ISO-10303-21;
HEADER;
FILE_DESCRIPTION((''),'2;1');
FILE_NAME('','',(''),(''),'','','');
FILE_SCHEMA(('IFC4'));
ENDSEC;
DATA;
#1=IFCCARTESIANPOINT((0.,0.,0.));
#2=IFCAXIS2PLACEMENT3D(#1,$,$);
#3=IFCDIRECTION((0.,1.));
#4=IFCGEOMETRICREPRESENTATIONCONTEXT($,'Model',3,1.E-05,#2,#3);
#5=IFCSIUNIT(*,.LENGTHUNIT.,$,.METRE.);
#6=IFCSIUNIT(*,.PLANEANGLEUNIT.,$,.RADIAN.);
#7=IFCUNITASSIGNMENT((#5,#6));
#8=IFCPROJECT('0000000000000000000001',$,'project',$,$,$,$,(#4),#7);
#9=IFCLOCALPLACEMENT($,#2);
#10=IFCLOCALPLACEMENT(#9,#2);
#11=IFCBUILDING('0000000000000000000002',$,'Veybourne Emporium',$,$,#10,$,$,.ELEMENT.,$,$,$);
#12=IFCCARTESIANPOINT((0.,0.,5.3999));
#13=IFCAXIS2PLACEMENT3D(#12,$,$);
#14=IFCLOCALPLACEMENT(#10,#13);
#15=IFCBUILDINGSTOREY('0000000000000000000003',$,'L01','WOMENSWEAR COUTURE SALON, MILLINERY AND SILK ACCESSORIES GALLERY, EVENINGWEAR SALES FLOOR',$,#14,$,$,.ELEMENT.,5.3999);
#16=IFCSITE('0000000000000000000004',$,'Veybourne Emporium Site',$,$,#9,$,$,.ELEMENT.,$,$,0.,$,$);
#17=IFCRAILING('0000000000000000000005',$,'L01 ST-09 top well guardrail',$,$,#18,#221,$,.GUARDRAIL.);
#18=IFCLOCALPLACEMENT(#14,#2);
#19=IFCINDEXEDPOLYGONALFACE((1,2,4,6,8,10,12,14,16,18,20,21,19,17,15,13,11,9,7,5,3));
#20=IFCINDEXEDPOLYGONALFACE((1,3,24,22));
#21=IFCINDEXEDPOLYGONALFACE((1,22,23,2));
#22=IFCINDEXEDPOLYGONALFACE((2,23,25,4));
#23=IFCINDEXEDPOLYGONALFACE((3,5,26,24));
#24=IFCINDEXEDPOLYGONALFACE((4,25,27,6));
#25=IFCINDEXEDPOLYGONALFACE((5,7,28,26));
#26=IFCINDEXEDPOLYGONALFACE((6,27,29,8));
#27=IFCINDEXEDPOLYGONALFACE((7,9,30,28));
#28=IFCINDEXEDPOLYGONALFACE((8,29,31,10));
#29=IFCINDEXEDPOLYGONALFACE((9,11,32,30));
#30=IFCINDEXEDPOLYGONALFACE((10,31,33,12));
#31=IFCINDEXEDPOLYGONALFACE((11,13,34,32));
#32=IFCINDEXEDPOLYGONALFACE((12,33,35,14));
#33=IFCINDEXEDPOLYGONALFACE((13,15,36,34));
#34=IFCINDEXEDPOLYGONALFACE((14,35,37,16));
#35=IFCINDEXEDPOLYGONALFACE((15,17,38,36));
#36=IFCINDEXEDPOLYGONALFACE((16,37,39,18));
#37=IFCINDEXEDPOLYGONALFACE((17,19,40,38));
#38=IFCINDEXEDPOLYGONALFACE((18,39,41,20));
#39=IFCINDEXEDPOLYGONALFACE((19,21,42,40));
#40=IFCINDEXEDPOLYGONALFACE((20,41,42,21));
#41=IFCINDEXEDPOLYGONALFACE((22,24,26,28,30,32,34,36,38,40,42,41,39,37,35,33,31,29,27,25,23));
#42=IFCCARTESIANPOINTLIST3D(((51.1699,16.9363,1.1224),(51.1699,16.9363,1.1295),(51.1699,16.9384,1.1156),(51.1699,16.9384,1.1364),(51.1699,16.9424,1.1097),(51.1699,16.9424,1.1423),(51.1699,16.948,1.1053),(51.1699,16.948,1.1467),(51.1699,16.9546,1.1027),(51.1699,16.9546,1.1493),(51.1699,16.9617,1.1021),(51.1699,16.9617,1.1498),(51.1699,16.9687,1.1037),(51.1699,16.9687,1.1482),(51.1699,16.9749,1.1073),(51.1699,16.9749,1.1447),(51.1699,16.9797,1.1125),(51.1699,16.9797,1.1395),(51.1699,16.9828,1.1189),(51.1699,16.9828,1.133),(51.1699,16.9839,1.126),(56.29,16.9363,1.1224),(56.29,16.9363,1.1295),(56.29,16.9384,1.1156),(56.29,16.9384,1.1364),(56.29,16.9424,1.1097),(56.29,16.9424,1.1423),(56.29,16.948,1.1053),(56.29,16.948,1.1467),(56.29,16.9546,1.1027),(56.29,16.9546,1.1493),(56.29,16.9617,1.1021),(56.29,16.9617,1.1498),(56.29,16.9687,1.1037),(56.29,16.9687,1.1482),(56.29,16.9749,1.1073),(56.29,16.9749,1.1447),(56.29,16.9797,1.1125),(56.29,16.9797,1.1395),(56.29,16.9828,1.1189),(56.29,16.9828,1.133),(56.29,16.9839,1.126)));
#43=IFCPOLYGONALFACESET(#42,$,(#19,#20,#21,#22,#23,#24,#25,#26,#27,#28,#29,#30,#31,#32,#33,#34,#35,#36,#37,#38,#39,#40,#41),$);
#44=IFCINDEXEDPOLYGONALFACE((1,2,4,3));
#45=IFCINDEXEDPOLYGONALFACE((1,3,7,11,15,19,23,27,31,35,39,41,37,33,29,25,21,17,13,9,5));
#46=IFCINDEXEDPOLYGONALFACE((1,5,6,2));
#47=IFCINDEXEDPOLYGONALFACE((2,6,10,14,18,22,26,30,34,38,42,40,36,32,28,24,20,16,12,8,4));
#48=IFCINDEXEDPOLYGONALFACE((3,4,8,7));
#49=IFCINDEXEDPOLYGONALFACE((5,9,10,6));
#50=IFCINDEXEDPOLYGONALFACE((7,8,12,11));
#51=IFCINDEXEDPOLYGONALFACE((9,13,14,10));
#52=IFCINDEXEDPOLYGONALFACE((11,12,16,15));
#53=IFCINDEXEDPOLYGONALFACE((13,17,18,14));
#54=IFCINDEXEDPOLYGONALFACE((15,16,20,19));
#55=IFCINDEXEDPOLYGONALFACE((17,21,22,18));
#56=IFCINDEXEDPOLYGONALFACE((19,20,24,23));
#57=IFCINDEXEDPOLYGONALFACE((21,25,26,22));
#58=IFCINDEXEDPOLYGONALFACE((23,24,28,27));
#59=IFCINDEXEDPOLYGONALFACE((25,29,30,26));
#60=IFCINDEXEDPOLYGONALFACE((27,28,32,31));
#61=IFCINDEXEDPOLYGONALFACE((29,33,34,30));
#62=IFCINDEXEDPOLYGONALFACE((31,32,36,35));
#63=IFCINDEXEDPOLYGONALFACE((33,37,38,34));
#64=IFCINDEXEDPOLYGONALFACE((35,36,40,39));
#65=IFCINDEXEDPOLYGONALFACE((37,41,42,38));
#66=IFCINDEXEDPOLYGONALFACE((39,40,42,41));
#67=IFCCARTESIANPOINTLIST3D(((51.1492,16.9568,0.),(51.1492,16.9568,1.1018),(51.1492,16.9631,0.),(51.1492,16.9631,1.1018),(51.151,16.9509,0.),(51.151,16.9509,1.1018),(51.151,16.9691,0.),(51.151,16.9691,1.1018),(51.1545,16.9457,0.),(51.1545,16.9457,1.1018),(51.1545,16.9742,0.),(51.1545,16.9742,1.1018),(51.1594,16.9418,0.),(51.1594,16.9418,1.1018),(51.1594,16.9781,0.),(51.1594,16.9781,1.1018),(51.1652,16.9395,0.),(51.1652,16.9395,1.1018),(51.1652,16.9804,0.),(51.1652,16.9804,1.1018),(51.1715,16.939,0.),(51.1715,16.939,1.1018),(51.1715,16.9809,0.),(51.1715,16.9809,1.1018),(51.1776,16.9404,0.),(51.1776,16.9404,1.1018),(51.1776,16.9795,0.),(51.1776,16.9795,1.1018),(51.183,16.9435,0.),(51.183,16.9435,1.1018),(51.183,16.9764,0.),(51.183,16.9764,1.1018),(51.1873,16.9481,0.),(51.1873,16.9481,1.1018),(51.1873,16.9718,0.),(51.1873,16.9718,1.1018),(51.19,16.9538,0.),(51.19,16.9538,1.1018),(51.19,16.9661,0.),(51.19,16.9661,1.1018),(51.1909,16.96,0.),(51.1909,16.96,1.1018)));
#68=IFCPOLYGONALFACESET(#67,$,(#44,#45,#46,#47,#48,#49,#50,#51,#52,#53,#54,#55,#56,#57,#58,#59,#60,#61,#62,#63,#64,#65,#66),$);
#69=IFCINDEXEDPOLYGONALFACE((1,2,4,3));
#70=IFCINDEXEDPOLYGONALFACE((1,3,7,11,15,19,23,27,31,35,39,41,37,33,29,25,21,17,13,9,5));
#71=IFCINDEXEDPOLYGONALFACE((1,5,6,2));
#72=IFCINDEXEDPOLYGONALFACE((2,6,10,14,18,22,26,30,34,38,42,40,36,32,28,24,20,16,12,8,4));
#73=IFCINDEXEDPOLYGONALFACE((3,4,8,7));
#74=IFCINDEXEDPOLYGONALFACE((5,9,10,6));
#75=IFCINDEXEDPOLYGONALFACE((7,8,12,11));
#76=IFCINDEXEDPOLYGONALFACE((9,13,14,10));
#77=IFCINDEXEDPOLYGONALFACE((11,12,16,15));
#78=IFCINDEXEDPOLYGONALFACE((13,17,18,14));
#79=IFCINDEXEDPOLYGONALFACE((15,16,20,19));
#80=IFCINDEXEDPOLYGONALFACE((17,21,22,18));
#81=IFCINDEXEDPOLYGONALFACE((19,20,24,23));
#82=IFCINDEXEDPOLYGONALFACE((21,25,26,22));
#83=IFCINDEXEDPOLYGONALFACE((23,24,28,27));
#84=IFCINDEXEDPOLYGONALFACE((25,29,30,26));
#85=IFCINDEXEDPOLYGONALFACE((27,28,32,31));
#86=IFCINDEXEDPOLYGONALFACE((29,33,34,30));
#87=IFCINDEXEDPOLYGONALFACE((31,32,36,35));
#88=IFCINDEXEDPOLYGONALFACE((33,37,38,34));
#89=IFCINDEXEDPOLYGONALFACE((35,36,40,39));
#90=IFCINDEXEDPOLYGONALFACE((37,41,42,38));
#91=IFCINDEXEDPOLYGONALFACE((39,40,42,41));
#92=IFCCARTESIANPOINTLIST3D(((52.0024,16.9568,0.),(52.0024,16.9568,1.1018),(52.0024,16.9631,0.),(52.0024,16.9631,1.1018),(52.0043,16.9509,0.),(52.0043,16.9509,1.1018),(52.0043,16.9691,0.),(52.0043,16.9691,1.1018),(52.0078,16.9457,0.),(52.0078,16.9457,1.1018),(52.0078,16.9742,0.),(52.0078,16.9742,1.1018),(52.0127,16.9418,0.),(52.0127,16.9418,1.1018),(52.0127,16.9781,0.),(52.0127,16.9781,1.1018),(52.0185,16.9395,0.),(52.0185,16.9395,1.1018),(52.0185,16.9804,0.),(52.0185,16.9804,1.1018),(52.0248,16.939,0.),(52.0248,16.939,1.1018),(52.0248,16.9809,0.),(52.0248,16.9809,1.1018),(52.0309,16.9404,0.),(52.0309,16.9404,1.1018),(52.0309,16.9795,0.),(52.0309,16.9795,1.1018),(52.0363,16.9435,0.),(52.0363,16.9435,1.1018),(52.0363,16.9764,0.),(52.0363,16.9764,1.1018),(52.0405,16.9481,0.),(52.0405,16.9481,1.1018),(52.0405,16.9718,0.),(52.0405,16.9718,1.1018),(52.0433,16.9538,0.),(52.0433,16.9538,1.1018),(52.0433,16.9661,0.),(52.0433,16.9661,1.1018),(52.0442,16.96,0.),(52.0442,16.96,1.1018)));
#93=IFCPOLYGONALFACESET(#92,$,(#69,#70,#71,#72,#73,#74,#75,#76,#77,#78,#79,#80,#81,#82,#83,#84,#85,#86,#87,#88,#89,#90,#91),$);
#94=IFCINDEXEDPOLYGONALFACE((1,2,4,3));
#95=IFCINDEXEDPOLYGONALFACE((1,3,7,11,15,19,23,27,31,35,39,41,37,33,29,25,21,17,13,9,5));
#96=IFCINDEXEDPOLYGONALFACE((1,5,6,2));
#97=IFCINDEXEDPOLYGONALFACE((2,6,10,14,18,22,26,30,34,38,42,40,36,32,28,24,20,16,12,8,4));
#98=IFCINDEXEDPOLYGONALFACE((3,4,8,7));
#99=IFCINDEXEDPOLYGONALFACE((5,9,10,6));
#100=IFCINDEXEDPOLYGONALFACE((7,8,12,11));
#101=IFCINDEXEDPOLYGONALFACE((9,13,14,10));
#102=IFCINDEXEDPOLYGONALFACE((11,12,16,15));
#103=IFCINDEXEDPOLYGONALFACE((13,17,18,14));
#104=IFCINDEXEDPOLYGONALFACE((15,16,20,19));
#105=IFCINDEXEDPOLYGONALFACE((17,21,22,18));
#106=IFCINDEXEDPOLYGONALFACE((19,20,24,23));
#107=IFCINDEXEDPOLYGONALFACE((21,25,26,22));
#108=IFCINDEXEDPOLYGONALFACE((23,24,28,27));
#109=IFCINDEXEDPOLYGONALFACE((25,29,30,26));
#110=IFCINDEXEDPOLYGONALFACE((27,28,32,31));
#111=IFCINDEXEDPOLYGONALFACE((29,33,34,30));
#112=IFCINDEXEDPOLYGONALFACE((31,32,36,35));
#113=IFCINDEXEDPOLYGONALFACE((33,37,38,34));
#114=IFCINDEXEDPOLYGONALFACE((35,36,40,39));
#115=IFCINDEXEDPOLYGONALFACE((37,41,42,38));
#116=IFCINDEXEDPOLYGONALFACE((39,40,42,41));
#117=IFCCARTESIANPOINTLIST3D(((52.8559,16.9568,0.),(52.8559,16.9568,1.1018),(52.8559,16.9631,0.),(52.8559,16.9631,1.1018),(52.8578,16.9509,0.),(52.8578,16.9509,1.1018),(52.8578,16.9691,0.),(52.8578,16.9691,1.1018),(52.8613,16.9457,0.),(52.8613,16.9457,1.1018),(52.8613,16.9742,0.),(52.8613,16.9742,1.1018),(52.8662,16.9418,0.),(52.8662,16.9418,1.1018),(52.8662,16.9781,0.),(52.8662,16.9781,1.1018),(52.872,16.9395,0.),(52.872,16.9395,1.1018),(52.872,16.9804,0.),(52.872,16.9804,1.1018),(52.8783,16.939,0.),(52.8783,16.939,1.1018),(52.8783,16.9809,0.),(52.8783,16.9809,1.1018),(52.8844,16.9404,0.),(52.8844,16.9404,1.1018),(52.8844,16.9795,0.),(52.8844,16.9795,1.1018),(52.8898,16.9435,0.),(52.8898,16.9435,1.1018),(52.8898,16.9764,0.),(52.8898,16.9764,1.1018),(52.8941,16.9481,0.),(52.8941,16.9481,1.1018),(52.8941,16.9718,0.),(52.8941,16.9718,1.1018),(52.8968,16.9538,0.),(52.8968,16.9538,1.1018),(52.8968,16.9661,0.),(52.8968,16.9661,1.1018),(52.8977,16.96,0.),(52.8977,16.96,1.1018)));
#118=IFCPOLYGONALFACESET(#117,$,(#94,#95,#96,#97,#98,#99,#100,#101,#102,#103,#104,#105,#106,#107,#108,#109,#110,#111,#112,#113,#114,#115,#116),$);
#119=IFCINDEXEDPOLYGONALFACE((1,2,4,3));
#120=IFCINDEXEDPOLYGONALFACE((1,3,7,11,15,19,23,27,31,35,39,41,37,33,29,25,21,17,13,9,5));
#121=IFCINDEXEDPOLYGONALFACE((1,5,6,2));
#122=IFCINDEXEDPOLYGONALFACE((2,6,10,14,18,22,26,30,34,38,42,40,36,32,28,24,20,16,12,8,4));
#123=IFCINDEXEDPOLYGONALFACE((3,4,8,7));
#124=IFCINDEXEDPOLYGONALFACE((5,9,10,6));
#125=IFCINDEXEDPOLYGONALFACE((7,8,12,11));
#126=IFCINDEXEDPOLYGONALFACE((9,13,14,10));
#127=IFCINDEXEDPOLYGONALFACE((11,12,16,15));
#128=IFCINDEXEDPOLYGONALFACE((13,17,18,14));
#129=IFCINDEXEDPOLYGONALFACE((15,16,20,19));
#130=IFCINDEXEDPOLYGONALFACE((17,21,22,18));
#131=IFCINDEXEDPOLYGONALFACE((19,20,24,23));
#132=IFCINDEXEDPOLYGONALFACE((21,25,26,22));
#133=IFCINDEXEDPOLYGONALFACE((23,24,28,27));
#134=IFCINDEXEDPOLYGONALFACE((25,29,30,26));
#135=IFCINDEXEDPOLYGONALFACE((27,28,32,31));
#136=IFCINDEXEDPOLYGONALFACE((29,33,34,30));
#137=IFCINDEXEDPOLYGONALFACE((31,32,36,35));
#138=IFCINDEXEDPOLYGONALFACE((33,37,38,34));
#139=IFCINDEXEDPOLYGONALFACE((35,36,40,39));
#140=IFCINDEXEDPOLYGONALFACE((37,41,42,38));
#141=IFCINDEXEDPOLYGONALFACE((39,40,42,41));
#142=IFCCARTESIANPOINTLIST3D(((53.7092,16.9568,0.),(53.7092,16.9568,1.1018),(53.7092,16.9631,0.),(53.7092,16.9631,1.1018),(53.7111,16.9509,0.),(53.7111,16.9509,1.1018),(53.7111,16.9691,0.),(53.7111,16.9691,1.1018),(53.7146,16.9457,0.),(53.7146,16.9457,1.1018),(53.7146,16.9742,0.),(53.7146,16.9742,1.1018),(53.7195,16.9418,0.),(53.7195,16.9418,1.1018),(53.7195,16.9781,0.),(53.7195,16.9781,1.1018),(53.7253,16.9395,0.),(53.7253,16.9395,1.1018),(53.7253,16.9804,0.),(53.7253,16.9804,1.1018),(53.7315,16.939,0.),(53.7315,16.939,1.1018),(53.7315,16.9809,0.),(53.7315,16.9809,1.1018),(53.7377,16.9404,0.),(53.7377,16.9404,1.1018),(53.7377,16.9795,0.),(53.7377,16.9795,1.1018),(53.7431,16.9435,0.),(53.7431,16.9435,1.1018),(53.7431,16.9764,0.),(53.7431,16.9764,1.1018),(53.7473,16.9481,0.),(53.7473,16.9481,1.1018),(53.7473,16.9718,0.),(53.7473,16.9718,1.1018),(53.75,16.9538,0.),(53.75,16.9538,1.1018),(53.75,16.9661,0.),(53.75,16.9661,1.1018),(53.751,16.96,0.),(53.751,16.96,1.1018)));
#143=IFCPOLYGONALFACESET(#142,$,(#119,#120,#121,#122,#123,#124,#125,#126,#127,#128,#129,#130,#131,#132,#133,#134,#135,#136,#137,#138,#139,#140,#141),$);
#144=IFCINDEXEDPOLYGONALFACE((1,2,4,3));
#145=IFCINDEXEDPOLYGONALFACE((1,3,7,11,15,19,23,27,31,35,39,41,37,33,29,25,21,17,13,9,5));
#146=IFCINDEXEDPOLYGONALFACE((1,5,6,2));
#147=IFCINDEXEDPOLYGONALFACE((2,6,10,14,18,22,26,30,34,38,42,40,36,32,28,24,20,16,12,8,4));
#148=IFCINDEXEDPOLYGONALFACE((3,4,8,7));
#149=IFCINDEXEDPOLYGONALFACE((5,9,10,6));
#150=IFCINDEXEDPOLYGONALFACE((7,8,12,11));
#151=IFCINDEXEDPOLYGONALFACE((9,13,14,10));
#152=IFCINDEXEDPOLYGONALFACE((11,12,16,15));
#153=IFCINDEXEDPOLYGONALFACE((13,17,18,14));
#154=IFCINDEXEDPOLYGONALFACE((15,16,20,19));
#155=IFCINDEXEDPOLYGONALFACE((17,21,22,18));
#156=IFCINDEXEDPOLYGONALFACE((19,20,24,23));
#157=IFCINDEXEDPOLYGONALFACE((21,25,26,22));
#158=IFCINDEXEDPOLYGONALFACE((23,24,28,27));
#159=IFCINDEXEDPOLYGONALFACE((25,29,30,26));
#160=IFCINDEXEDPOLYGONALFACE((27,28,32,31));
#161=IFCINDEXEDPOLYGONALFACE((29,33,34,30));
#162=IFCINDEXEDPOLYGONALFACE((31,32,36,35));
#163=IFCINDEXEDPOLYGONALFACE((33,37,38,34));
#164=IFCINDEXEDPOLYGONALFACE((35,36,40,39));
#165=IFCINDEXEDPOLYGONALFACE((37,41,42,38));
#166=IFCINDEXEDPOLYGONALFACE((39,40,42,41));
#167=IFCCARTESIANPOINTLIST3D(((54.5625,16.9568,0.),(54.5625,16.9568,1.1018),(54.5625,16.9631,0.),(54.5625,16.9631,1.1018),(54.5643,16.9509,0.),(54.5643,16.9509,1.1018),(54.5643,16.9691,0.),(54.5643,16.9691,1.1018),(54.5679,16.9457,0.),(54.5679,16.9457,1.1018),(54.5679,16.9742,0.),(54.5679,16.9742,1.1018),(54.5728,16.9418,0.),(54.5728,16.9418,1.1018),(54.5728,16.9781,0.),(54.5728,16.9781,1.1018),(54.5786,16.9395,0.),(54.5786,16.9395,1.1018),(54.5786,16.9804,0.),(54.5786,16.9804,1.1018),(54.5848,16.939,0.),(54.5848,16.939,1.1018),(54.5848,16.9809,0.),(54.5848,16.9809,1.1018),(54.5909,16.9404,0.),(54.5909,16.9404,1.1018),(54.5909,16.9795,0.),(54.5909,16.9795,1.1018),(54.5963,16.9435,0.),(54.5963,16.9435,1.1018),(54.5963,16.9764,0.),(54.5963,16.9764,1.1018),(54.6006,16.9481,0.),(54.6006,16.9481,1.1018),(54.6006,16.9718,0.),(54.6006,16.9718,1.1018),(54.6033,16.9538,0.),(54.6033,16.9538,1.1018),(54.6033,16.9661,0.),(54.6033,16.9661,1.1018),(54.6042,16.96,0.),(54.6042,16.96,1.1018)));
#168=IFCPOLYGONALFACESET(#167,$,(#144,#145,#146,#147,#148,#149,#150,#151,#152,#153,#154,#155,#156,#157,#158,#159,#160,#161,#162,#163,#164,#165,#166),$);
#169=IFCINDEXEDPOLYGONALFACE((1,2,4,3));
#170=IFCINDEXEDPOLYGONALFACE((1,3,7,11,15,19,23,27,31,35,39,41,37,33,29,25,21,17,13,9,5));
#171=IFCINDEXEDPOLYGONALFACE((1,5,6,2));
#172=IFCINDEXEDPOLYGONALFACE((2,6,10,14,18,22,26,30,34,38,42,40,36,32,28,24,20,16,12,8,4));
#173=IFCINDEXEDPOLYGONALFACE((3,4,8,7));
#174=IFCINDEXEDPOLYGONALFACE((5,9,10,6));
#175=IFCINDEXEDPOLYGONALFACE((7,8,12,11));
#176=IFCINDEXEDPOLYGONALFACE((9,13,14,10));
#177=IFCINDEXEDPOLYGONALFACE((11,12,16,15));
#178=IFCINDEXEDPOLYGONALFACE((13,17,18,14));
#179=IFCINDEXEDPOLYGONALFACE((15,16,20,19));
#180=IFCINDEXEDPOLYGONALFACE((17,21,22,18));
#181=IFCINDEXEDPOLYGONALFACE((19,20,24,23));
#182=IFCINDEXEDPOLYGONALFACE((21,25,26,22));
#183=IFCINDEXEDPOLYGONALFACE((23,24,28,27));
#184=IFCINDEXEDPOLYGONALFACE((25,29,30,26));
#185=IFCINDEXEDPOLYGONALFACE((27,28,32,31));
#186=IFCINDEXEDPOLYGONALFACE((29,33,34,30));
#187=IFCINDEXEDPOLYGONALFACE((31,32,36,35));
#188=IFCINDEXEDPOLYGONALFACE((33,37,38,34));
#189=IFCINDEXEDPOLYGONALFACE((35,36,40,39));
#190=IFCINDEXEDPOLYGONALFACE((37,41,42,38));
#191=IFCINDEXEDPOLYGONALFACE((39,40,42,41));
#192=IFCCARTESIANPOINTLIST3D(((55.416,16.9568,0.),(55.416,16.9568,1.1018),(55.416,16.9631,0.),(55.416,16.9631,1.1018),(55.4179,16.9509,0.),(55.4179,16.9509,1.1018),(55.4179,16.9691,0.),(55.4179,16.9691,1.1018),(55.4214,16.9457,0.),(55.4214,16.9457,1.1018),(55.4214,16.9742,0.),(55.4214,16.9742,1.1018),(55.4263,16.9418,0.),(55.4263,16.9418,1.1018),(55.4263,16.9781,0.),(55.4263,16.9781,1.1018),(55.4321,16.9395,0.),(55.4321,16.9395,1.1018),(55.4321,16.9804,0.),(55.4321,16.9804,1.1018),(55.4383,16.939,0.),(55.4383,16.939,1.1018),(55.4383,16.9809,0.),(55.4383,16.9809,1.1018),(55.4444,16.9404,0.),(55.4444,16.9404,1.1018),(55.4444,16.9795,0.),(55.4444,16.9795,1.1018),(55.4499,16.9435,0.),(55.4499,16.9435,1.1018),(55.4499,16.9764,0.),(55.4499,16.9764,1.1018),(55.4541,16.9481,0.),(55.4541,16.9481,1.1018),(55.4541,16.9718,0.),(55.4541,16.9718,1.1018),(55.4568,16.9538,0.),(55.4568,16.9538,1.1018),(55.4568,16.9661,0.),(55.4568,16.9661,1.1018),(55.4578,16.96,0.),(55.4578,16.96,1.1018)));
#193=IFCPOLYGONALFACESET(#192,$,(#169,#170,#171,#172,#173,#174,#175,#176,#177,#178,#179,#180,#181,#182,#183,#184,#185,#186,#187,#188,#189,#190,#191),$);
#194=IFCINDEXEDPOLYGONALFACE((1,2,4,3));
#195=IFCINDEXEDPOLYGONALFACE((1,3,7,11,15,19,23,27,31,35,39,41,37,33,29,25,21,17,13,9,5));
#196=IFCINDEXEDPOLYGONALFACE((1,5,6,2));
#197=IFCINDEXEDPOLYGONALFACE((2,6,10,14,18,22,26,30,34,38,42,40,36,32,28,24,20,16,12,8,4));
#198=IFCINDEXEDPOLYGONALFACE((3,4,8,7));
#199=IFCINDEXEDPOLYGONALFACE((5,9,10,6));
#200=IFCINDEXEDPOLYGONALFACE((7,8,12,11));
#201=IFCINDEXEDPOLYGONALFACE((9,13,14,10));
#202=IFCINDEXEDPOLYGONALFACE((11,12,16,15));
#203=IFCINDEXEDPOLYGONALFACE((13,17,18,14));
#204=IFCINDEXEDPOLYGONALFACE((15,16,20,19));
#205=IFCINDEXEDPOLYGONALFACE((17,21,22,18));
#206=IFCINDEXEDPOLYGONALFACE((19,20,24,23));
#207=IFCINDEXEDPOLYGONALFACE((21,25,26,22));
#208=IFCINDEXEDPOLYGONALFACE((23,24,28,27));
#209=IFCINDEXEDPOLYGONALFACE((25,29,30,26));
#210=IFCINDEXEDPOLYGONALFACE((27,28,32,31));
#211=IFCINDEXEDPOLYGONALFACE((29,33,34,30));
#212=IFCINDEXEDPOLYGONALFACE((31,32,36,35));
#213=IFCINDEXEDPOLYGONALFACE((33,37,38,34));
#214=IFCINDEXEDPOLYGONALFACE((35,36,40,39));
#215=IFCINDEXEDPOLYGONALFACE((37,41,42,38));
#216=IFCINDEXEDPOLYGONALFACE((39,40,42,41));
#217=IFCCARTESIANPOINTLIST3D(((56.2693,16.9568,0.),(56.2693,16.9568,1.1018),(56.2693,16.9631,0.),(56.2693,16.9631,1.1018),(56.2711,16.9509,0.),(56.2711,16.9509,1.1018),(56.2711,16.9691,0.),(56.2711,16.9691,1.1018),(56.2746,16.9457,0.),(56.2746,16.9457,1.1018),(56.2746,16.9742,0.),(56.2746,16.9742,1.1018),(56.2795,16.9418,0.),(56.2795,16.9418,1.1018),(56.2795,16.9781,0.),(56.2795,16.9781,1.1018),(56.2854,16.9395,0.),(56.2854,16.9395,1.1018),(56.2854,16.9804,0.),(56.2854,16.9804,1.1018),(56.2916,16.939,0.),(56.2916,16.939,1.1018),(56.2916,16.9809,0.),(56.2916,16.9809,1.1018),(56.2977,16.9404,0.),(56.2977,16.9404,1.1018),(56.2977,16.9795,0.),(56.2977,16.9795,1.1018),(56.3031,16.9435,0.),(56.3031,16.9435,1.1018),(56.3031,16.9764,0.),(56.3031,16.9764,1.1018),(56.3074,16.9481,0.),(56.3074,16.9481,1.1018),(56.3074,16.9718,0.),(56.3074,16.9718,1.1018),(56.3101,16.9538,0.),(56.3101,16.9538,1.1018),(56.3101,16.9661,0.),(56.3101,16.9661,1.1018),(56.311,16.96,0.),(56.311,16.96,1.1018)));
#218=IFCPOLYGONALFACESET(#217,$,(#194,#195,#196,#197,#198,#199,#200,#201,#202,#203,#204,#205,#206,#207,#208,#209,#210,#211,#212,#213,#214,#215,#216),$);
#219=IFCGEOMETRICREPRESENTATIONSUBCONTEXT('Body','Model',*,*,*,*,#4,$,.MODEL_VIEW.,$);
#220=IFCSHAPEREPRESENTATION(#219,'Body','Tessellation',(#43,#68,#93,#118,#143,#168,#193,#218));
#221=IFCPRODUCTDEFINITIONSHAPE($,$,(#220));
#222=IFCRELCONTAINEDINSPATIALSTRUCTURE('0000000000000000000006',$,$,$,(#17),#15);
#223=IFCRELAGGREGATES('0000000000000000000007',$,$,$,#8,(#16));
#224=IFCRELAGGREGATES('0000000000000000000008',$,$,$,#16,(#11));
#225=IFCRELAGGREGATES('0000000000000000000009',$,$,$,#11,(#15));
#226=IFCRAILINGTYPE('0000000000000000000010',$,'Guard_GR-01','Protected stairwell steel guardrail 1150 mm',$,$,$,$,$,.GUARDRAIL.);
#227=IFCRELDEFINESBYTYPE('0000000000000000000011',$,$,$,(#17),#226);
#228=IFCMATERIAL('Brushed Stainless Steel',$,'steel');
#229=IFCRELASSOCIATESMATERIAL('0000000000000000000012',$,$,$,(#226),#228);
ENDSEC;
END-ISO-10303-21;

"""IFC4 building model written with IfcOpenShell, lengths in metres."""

from ifc_helpers import new_model, si_unit, direction, frame, origin, origin_2d, place, context, subcontext, project, spatial, circle, extrude, material, type_object, element, save


model = new_model("IFC4")

# Units and contexts
model_context = context("Model", 3, precision=1e-05, world=origin(), true_north=direction((0.0, 1.0)))
body_context = subcontext(model_context, "Body", "Model", "MODEL_VIEW")
ifc_project = project(units=[si_unit("LENGTHUNIT", "METRE"), si_unit("PLANEANGLEUNIT", "RADIAN")], contexts=[model_context])

# Site, building, storey
site_placement = place(None, origin())
site = spatial("IfcSite", under=ifc_project, at=site_placement, Name="Veybourne Emporium Site", CompositionType="ELEMENT", RefElevation=0.0)
building_placement = place(site_placement, origin())
building = spatial("IfcBuilding", under=site, at=building_placement, Name="Veybourne Emporium", CompositionType="ELEMENT")
storey_placement = place(building_placement, frame((0.0, 0.0, 5.3999)))
storey = spatial("IfcBuildingStorey", under=building, at=storey_placement, Name="L01", Description="WOMENSWEAR COUTURE SALON, MILLINERY AND SILK ACCESSORIES GALLERY, EVENINGWEAR SALES FLOOR", CompositionType="ELEMENT", Elevation=5.3999)

# Railing
ifc_material_1 = material(Name="Brushed Stainless Steel", Category="steel")
railing_type_1 = type_object("IfcRailingType", Name="Guard_GR-01", Description="Protected stairwell steel guardrail 1150 mm", PredefinedType="GUARDRAIL", material=ifc_material_1)
railing_1_placement = place(storey_placement, frame((51.1699, 16.96, 0.0)))
element("IfcRailing", 1, at=railing_1_placement, inside=storey, type_object=railing_type_1, Name="L01 ST-09 top well guardrail", PredefinedType="GUARDRAIL", context=body_context, shape_type="SweptSolid", body=[
    extrude(circle(Radius=0.0239, at=origin_2d()), frame((0.0, 0.0, 1.126), z_axis=(1.0, 0.0, 0.0), x_axis=(0.0, 1.0, 0.0)), (0.0, 0.0, 1.0), 5.1201),
    extrude(circle(Radius=0.021, at=origin_2d()), origin(), (0.0, 0.0, 1.0), 1.1018),
    extrude(circle(Radius=0.021, at=origin_2d()), frame((0.8533, 0.0, 0.0)), (0.0, 0.0, 1.0), 1.1018),
    extrude(circle(Radius=0.021, at=origin_2d()), frame((1.7068, 0.0, 0.0)), (0.0, 0.0, 1.0), 1.1018),
    extrude(circle(Radius=0.021, at=origin_2d()), frame((2.5601, 0.0, 0.0)), (0.0, 0.0, 1.0), 1.1018),
    extrude(circle(Radius=0.021, at=origin_2d()), frame((3.4133, 0.0, 0.0)), (0.0, 0.0, 1.0), 1.1018),
    extrude(circle(Radius=0.021, at=origin_2d()), frame((4.2668, 0.0, 0.0)), (0.0, 0.0, 1.0), 1.1018),
    extrude(circle(Radius=0.021, at=origin_2d()), frame((5.1201, 0.0, 0.0)), (0.0, 0.0, 1.0), 1.1018),
])

save(model, "model.ifc")
